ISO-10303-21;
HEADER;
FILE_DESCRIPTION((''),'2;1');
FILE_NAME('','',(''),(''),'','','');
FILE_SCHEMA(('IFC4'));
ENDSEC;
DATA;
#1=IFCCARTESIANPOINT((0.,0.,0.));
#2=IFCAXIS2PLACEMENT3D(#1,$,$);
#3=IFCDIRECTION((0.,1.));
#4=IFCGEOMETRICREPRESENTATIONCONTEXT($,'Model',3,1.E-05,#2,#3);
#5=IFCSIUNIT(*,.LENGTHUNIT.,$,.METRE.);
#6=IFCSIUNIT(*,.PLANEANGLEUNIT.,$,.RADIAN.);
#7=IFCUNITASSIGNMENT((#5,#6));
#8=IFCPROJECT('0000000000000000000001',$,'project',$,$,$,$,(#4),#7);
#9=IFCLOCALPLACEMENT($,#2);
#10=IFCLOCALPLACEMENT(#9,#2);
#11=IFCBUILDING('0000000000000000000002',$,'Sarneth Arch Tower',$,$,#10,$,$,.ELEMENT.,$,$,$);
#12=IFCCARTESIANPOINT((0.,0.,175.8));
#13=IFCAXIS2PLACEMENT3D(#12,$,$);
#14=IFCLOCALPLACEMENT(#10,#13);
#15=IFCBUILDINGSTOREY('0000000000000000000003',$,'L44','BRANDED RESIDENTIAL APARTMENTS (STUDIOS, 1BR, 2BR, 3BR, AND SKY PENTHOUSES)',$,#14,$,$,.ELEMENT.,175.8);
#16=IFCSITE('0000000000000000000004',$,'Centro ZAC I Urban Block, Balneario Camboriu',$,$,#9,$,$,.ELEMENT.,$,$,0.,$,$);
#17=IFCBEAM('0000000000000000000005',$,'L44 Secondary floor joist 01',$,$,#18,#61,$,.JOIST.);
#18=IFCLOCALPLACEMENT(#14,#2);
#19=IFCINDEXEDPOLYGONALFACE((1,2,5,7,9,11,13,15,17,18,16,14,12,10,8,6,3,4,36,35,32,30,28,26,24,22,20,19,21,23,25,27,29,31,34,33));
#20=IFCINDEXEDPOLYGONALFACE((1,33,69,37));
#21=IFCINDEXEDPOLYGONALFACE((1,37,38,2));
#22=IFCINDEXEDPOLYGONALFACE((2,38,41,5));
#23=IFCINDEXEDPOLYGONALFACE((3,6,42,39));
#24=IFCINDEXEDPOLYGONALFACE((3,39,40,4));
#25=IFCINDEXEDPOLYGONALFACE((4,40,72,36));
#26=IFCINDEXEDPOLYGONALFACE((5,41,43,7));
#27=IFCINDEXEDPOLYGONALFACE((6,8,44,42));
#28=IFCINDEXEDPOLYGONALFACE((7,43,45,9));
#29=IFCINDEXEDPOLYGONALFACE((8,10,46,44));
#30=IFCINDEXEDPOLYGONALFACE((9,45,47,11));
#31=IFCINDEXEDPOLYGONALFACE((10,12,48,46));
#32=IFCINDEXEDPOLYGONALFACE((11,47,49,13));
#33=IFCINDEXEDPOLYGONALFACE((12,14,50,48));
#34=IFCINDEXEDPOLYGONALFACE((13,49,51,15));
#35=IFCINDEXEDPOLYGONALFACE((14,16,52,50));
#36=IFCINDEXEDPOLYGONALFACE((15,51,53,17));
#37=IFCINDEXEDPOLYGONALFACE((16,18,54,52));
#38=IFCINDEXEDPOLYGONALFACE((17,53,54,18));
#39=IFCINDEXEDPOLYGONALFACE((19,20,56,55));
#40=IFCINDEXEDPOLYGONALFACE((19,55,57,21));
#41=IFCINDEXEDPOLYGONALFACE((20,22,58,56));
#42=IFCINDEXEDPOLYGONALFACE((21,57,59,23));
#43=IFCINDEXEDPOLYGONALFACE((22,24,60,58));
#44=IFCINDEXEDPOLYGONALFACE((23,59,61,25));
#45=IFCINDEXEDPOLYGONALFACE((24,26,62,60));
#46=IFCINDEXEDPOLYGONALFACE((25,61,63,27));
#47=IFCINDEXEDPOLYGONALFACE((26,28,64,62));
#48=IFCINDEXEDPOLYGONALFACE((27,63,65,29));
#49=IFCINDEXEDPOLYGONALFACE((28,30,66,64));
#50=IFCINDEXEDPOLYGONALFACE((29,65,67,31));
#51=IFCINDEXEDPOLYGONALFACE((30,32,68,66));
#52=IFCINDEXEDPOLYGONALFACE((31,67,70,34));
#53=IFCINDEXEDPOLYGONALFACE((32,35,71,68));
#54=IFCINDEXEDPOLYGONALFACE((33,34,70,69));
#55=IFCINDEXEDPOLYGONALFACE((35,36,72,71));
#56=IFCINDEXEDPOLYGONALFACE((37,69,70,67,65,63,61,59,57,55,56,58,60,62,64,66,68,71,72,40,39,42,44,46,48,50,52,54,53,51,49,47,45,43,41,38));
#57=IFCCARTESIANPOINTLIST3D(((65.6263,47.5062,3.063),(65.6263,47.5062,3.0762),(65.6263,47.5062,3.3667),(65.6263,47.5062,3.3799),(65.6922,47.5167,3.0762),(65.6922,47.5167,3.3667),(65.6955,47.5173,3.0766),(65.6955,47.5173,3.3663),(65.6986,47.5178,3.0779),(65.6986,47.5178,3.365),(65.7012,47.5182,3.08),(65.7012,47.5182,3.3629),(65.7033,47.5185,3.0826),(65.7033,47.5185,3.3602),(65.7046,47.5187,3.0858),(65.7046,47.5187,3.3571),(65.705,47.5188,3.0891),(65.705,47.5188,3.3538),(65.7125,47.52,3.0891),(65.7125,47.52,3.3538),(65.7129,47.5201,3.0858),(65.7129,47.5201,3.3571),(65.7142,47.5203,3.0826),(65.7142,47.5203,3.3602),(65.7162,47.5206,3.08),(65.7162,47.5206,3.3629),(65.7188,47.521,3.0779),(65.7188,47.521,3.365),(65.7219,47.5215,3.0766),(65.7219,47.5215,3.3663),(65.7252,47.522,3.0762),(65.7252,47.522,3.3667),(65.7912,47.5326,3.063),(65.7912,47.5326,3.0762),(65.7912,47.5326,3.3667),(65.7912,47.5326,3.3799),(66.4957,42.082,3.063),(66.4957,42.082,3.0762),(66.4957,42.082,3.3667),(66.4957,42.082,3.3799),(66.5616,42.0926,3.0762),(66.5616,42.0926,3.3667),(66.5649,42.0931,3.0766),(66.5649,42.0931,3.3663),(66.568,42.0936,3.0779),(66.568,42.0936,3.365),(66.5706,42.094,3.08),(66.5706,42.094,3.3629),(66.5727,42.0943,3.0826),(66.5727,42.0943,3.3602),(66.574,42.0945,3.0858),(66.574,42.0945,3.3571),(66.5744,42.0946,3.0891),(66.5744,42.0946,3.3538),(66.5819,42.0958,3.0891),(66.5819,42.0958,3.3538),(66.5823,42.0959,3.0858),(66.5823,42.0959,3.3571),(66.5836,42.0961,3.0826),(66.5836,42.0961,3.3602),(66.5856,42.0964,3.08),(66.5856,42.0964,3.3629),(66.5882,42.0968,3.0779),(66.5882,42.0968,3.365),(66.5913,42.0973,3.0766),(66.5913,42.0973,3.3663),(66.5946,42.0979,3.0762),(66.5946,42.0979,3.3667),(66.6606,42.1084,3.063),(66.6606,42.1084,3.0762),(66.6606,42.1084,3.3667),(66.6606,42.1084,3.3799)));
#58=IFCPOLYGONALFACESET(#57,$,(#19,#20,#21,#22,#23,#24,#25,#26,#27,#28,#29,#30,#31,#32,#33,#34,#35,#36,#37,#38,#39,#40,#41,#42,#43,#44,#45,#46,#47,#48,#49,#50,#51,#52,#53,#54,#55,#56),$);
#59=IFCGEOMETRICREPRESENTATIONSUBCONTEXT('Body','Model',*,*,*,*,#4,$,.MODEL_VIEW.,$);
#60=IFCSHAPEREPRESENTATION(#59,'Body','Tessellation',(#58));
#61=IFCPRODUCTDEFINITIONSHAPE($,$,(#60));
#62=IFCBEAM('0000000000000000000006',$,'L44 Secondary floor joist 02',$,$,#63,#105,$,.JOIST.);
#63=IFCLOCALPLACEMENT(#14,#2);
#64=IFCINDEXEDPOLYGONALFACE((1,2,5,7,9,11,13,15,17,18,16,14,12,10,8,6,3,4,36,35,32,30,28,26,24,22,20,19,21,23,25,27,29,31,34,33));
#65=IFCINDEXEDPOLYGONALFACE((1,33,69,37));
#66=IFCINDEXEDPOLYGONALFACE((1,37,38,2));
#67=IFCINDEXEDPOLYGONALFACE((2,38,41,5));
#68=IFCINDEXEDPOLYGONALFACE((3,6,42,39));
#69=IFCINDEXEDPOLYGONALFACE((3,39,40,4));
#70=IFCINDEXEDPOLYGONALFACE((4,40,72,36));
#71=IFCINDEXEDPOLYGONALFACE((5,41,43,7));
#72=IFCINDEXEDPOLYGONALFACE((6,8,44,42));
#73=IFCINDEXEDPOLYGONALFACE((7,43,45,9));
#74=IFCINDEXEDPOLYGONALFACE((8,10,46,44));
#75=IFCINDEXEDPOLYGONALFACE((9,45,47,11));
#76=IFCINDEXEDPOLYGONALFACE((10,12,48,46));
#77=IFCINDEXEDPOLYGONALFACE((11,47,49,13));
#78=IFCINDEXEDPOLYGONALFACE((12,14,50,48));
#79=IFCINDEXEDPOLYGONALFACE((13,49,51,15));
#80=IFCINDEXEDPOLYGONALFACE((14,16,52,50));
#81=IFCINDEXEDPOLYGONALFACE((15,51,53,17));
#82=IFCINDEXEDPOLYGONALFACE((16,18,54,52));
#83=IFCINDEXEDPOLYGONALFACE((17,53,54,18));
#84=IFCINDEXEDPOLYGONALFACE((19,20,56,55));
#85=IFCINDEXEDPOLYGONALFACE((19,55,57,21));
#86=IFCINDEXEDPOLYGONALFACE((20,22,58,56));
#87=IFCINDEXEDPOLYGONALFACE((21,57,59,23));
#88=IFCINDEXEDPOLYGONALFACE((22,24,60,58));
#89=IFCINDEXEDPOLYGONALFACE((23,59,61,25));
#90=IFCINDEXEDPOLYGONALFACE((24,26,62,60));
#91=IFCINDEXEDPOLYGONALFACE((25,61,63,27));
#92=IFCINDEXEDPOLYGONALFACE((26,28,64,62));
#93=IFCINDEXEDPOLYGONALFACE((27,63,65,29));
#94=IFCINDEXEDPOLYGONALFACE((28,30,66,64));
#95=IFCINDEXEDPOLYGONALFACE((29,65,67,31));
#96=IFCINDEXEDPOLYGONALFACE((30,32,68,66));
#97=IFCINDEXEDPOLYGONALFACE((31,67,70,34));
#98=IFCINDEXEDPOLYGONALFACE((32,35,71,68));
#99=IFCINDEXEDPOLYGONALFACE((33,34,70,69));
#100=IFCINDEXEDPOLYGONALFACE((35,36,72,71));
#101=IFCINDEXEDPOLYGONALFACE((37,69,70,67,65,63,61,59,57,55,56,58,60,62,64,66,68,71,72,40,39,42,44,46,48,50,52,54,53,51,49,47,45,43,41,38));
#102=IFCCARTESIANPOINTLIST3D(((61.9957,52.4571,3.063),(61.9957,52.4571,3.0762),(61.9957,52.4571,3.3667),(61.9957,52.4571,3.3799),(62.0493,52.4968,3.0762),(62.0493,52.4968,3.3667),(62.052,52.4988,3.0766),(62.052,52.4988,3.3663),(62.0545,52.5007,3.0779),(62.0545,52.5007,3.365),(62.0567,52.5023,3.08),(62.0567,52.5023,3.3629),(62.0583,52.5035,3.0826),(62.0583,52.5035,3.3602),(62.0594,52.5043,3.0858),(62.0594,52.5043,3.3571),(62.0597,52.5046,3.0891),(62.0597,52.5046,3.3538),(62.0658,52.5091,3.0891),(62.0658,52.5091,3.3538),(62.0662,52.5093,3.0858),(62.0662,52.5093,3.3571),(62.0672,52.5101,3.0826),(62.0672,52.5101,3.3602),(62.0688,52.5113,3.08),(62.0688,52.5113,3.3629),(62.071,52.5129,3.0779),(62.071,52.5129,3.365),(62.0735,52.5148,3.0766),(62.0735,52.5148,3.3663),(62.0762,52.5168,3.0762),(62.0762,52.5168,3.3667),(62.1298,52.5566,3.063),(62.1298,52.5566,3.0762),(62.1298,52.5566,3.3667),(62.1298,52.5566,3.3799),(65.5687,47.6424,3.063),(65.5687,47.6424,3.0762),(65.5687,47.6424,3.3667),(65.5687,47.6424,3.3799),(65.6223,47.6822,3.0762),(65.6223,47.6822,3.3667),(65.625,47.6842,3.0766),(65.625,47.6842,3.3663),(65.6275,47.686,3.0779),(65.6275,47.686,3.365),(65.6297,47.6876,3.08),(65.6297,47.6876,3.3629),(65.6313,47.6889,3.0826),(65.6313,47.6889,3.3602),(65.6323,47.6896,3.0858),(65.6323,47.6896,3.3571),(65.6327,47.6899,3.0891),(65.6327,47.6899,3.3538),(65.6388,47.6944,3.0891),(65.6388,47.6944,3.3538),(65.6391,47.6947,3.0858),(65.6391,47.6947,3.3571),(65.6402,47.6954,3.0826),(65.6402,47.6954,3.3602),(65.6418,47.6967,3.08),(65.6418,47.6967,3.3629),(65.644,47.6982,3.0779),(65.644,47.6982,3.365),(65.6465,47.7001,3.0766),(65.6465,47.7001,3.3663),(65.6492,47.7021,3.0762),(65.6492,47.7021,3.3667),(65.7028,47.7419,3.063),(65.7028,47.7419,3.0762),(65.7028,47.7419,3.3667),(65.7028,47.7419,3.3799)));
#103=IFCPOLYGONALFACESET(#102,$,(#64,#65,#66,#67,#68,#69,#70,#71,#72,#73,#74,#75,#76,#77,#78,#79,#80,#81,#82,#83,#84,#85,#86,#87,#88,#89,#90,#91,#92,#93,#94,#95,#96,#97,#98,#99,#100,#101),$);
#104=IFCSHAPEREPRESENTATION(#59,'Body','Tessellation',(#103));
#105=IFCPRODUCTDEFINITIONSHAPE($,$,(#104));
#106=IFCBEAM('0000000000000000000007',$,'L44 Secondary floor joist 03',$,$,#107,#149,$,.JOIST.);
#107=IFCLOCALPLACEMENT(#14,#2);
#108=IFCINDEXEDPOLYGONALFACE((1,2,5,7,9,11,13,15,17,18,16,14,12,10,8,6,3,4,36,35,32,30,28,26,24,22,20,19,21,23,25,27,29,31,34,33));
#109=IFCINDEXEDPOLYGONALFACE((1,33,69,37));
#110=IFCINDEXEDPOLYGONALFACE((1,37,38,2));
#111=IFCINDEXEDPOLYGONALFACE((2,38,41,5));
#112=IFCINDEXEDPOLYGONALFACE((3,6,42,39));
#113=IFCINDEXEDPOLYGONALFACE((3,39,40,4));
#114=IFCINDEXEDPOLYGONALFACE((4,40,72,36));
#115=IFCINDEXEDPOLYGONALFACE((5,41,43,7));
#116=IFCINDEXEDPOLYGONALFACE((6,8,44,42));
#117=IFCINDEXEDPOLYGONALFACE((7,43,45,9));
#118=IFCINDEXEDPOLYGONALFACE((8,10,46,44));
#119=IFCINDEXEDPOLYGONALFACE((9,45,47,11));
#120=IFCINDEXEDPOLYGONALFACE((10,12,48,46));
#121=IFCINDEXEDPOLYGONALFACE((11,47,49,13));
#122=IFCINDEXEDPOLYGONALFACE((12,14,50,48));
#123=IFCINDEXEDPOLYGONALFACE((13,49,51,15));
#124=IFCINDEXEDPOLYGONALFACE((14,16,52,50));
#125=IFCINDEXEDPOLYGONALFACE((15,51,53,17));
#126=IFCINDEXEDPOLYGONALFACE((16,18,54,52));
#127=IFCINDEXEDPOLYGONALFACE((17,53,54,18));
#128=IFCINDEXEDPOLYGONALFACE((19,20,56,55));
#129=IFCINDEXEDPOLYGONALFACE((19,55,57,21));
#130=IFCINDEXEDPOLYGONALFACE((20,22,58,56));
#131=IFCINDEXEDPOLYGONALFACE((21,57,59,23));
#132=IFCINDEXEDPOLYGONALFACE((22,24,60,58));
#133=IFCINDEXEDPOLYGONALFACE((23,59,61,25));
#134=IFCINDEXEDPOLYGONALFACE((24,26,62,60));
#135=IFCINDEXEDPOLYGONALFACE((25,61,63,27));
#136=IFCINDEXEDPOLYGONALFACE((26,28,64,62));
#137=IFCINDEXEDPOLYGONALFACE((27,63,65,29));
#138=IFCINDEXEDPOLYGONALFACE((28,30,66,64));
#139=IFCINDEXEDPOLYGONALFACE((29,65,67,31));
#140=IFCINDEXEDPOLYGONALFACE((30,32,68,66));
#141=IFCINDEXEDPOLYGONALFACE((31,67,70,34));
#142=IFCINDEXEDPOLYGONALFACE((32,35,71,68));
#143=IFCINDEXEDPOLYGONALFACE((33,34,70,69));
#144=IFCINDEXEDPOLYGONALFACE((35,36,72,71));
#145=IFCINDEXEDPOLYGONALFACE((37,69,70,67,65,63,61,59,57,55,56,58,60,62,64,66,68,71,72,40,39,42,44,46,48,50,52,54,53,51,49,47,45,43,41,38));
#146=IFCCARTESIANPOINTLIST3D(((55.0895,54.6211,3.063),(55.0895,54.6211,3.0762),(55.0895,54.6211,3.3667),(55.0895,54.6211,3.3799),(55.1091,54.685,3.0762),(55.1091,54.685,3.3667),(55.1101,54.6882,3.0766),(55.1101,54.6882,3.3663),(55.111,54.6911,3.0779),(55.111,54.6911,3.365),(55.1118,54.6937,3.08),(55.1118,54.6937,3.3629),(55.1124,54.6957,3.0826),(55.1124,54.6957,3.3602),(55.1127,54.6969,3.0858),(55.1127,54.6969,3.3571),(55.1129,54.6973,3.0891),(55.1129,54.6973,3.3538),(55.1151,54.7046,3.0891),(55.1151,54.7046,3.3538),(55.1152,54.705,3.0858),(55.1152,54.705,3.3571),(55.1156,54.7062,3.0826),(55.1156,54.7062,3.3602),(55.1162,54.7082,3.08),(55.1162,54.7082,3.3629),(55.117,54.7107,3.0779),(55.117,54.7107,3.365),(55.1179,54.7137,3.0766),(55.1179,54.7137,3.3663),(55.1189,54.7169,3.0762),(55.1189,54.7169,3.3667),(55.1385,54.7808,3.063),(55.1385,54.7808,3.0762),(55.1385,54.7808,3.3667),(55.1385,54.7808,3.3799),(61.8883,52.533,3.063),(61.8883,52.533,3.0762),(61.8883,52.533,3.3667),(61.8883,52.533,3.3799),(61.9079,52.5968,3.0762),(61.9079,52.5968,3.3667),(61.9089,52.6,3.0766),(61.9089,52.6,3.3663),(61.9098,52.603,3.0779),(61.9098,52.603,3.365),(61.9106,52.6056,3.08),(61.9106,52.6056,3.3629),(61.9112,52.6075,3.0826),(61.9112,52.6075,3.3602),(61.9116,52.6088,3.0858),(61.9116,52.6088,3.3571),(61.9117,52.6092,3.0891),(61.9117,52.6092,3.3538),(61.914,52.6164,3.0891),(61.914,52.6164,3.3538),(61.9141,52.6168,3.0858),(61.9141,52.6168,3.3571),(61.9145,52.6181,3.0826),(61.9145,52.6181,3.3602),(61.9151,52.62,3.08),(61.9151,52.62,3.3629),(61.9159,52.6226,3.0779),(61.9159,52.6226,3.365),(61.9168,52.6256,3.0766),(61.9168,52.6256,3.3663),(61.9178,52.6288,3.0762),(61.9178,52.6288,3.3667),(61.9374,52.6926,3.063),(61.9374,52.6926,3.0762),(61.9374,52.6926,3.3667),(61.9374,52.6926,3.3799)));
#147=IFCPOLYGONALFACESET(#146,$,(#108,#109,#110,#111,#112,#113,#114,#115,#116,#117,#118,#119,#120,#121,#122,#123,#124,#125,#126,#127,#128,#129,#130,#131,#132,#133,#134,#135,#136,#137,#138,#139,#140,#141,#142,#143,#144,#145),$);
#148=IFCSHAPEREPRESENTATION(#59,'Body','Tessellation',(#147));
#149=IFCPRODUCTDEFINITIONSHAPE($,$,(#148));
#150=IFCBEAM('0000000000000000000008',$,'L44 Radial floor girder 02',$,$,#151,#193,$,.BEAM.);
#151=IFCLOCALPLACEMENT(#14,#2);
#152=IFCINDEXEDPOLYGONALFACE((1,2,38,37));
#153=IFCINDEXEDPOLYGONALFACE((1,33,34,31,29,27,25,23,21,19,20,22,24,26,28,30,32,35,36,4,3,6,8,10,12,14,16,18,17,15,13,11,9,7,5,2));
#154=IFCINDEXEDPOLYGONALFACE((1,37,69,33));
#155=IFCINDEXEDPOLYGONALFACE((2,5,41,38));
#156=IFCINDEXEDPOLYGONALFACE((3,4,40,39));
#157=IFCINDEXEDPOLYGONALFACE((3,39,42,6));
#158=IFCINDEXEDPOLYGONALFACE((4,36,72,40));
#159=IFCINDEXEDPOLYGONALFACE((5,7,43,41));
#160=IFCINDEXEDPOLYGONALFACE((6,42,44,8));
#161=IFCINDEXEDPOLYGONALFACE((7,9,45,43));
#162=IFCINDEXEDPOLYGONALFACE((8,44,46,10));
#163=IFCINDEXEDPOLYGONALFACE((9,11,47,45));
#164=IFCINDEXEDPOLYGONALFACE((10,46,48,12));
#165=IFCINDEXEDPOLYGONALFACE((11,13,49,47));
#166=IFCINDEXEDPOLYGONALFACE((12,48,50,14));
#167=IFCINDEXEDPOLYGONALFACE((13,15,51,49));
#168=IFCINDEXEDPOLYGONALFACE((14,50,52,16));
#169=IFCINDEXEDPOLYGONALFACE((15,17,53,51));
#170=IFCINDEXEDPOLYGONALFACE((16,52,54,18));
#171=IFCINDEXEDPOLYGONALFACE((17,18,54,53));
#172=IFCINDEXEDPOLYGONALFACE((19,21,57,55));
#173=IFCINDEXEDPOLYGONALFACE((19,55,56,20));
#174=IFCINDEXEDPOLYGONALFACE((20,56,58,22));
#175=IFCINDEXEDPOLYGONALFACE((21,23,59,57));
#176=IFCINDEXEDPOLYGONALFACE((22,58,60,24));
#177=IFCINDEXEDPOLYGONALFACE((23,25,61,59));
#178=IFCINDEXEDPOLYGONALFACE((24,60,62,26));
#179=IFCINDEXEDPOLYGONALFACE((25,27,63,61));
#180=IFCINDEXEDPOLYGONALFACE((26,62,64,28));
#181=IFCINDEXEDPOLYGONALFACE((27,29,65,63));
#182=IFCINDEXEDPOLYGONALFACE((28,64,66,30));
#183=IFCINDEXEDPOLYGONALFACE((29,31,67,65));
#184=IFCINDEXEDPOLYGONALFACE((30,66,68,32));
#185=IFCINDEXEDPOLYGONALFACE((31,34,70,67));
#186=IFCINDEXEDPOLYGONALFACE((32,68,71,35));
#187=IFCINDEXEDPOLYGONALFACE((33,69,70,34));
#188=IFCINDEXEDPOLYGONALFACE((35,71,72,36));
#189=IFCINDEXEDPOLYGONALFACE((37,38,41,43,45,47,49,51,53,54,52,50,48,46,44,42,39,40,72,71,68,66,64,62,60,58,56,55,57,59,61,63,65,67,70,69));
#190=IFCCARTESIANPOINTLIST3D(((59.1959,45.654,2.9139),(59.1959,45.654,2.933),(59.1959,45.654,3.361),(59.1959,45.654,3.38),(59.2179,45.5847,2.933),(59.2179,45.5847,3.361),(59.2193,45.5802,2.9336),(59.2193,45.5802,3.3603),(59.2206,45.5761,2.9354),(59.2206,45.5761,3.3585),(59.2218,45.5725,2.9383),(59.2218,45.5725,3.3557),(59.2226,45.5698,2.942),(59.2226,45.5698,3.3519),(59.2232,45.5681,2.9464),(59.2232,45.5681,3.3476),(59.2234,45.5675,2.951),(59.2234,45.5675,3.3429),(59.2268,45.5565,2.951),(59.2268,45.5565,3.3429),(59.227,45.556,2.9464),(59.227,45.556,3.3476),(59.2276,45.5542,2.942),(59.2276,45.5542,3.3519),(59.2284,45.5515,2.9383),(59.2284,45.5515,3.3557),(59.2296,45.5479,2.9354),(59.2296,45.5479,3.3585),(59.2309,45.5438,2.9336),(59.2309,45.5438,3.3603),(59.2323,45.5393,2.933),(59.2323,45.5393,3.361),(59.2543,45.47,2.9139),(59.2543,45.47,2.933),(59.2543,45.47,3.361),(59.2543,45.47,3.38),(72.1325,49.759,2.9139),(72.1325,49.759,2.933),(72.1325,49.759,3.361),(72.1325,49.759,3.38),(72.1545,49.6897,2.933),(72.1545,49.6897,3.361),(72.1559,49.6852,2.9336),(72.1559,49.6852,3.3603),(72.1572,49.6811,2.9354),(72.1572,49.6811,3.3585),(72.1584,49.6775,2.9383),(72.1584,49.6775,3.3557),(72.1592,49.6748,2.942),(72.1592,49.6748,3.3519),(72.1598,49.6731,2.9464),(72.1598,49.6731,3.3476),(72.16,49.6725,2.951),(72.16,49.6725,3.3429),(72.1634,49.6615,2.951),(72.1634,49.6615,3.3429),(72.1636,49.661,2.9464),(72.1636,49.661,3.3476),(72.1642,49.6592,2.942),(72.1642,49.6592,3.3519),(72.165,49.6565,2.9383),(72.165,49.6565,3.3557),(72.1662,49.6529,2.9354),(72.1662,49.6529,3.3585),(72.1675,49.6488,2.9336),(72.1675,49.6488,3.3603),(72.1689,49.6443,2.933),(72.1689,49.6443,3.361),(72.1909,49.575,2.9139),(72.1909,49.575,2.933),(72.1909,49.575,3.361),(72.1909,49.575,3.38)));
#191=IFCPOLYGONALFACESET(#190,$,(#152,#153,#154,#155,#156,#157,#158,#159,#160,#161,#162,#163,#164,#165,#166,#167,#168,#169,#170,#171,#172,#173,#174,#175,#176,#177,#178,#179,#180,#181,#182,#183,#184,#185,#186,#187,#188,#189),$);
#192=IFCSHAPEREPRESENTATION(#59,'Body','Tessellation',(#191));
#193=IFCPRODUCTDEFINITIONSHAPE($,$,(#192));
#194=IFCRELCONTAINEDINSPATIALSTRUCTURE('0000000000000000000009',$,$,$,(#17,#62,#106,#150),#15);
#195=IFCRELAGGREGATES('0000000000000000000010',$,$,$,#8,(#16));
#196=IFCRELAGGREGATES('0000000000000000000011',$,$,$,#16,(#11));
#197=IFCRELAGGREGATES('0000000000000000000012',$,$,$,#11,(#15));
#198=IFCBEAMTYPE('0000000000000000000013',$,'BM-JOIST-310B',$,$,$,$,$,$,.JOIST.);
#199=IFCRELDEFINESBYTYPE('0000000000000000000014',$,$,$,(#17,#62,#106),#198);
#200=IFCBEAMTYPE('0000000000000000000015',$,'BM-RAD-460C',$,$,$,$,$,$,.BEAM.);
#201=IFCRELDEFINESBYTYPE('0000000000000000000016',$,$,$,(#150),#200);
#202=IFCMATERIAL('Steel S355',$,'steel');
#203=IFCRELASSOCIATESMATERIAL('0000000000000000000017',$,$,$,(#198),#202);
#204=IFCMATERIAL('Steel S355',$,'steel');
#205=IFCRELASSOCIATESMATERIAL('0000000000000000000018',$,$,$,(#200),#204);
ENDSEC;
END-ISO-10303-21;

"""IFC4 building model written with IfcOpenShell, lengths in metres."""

from ifc_helpers import new_model, si_unit, direction, frame, origin, origin_2d, place, context, subcontext, project, spatial, i_section, extrude, material, material_profile, profile_set, type_object, element, save


model = new_model("IFC4")

# Units and contexts
model_context = context("Model", 3, precision=1e-05, world=origin(), true_north=direction((0.0, 1.0)))
body_context = subcontext(model_context, "Body", "Model", "MODEL_VIEW")
ifc_project = project(units=[si_unit("LENGTHUNIT", "METRE"), si_unit("PLANEANGLEUNIT", "RADIAN")], contexts=[model_context])

# Site, building, storey
site_placement = place(None, origin())
site = spatial("IfcSite", under=ifc_project, at=site_placement, Name="Centro ZAC I Urban Block, Balneario Camboriu", CompositionType="ELEMENT", RefElevation=0.0)
building_placement = place(site_placement, origin())
building = spatial("IfcBuilding", under=site, at=building_placement, Name="Sarneth Arch Tower", CompositionType="ELEMENT")
storey_placement = place(building_placement, frame((0.0, 0.0, 175.8)))
storey = spatial("IfcBuildingStorey", under=building, at=storey_placement, Name="L44", Description="BRANDED RESIDENTIAL APARTMENTS (STUDIOS, 1BR, 2BR, 3BR, AND SKY PENTHOUSES)", CompositionType="ELEMENT", Elevation=175.8)

# Beams
ifc_material_1 = material(Name="Steel S355", Category="steel")
ifc_material_profile_1 = material_profile(ifc_material_1, i_section(OverallWidth=0.167, OverallDepth=0.3169, WebThickness=0.0076, FlangeThickness=0.0132, FilletRadius=0.0129, at=origin_2d()), Name="W310x52")
ifc_profile_set_1 = profile_set([ifc_material_profile_1], Name="Steel S355")
beam_type_1 = type_object("IfcBeamType", Name="BM-JOIST-310B", PredefinedType="JOIST", material=ifc_profile_set_1)
beam_1_placement = place(storey_placement, frame((66.5781, 42.0952, 3.2214), z_axis=(-0.158263, 0.987397, 0.0), x_axis=(-0.987397, -0.158263, 0.0)))
element("IfcBeam", 1, at=beam_1_placement, inside=storey, type_object=beam_type_1, Name="L44 Secondary floor joist 01", PredefinedType="JOIST", context=body_context, shape_type="SweptSolid", body=[
    extrude(i_section(OverallWidth=0.167, OverallDepth=0.3169, WebThickness=0.0076, FlangeThickness=0.0132, FilletRadius=0.0129, at=origin_2d()), origin(), (0.0, 0.0, 1.0), 5.4934),
])
beam_2_placement = place(storey_placement, frame((65.6357, 47.6921, 3.2214), z_axis=(-0.595933, 0.803034, 0.0), x_axis=(-0.803034, -0.595933, 0.0)))
element("IfcBeam", 2, at=beam_2_placement, inside=storey, type_object=beam_type_1, Name="L44 Secondary floor joist 02", PredefinedType="JOIST", context=body_context, shape_type="SweptSolid", body=[
    extrude(i_section(OverallWidth=0.167, OverallDepth=0.3169, WebThickness=0.0076, FlangeThickness=0.0132, FilletRadius=0.0129, at=origin_2d()), origin(), (0.0, 0.0, 1.0), 5.9956),
])
beam_3_placement = place(storey_placement, frame((61.9128, 52.6128, 3.2214), z_axis=(-0.95593, 0.293596, 0.0), x_axis=(-0.293596, -0.95593, 0.0)))
element("IfcBeam", 3, at=beam_3_placement, inside=storey, type_object=beam_type_1, Name="L44 Secondary floor joist 03", PredefinedType="JOIST", context=body_context, shape_type="SweptSolid", body=[
    extrude(i_section(OverallWidth=0.167, OverallDepth=0.3169, WebThickness=0.0076, FlangeThickness=0.0132, FilletRadius=0.0129, at=origin_2d()), origin(), (0.0, 0.0, 1.0), 7.1123),
])
ifc_material_2 = material(Name="Steel S355", Category="steel")
ifc_material_profile_2 = material_profile(ifc_material_2, i_section(OverallWidth=0.1931, OverallDepth=0.4661, WebThickness=0.0115, FlangeThickness=0.019, FilletRadius=0.0181, at=origin_2d()), Name="W460x97")
ifc_profile_set_2 = profile_set([ifc_material_profile_2], Name="Steel S355")
beam_type_2 = type_object("IfcBeamType", Name="BM-RAD-460C", PredefinedType="BEAM", material=ifc_profile_set_2)
beam_4_placement = place(storey_placement, frame((59.2251, 45.562, 3.147), z_axis=(0.953164, 0.302455, 0.0), x_axis=(-0.302455, 0.953164, 0.0)))
element("IfcBeam", 4, at=beam_4_placement, inside=storey, type_object=beam_type_2, Name="L44 Radial floor girder 02", PredefinedType="BEAM", context=body_context, shape_type="SweptSolid", body=[
    extrude(i_section(OverallWidth=0.1931, OverallDepth=0.4661, WebThickness=0.0115, FlangeThickness=0.019, FilletRadius=0.0181, at=origin_2d()), origin(), (0.0, 0.0, 1.0), 13.5723),
])

save(model, "model.ifc")
